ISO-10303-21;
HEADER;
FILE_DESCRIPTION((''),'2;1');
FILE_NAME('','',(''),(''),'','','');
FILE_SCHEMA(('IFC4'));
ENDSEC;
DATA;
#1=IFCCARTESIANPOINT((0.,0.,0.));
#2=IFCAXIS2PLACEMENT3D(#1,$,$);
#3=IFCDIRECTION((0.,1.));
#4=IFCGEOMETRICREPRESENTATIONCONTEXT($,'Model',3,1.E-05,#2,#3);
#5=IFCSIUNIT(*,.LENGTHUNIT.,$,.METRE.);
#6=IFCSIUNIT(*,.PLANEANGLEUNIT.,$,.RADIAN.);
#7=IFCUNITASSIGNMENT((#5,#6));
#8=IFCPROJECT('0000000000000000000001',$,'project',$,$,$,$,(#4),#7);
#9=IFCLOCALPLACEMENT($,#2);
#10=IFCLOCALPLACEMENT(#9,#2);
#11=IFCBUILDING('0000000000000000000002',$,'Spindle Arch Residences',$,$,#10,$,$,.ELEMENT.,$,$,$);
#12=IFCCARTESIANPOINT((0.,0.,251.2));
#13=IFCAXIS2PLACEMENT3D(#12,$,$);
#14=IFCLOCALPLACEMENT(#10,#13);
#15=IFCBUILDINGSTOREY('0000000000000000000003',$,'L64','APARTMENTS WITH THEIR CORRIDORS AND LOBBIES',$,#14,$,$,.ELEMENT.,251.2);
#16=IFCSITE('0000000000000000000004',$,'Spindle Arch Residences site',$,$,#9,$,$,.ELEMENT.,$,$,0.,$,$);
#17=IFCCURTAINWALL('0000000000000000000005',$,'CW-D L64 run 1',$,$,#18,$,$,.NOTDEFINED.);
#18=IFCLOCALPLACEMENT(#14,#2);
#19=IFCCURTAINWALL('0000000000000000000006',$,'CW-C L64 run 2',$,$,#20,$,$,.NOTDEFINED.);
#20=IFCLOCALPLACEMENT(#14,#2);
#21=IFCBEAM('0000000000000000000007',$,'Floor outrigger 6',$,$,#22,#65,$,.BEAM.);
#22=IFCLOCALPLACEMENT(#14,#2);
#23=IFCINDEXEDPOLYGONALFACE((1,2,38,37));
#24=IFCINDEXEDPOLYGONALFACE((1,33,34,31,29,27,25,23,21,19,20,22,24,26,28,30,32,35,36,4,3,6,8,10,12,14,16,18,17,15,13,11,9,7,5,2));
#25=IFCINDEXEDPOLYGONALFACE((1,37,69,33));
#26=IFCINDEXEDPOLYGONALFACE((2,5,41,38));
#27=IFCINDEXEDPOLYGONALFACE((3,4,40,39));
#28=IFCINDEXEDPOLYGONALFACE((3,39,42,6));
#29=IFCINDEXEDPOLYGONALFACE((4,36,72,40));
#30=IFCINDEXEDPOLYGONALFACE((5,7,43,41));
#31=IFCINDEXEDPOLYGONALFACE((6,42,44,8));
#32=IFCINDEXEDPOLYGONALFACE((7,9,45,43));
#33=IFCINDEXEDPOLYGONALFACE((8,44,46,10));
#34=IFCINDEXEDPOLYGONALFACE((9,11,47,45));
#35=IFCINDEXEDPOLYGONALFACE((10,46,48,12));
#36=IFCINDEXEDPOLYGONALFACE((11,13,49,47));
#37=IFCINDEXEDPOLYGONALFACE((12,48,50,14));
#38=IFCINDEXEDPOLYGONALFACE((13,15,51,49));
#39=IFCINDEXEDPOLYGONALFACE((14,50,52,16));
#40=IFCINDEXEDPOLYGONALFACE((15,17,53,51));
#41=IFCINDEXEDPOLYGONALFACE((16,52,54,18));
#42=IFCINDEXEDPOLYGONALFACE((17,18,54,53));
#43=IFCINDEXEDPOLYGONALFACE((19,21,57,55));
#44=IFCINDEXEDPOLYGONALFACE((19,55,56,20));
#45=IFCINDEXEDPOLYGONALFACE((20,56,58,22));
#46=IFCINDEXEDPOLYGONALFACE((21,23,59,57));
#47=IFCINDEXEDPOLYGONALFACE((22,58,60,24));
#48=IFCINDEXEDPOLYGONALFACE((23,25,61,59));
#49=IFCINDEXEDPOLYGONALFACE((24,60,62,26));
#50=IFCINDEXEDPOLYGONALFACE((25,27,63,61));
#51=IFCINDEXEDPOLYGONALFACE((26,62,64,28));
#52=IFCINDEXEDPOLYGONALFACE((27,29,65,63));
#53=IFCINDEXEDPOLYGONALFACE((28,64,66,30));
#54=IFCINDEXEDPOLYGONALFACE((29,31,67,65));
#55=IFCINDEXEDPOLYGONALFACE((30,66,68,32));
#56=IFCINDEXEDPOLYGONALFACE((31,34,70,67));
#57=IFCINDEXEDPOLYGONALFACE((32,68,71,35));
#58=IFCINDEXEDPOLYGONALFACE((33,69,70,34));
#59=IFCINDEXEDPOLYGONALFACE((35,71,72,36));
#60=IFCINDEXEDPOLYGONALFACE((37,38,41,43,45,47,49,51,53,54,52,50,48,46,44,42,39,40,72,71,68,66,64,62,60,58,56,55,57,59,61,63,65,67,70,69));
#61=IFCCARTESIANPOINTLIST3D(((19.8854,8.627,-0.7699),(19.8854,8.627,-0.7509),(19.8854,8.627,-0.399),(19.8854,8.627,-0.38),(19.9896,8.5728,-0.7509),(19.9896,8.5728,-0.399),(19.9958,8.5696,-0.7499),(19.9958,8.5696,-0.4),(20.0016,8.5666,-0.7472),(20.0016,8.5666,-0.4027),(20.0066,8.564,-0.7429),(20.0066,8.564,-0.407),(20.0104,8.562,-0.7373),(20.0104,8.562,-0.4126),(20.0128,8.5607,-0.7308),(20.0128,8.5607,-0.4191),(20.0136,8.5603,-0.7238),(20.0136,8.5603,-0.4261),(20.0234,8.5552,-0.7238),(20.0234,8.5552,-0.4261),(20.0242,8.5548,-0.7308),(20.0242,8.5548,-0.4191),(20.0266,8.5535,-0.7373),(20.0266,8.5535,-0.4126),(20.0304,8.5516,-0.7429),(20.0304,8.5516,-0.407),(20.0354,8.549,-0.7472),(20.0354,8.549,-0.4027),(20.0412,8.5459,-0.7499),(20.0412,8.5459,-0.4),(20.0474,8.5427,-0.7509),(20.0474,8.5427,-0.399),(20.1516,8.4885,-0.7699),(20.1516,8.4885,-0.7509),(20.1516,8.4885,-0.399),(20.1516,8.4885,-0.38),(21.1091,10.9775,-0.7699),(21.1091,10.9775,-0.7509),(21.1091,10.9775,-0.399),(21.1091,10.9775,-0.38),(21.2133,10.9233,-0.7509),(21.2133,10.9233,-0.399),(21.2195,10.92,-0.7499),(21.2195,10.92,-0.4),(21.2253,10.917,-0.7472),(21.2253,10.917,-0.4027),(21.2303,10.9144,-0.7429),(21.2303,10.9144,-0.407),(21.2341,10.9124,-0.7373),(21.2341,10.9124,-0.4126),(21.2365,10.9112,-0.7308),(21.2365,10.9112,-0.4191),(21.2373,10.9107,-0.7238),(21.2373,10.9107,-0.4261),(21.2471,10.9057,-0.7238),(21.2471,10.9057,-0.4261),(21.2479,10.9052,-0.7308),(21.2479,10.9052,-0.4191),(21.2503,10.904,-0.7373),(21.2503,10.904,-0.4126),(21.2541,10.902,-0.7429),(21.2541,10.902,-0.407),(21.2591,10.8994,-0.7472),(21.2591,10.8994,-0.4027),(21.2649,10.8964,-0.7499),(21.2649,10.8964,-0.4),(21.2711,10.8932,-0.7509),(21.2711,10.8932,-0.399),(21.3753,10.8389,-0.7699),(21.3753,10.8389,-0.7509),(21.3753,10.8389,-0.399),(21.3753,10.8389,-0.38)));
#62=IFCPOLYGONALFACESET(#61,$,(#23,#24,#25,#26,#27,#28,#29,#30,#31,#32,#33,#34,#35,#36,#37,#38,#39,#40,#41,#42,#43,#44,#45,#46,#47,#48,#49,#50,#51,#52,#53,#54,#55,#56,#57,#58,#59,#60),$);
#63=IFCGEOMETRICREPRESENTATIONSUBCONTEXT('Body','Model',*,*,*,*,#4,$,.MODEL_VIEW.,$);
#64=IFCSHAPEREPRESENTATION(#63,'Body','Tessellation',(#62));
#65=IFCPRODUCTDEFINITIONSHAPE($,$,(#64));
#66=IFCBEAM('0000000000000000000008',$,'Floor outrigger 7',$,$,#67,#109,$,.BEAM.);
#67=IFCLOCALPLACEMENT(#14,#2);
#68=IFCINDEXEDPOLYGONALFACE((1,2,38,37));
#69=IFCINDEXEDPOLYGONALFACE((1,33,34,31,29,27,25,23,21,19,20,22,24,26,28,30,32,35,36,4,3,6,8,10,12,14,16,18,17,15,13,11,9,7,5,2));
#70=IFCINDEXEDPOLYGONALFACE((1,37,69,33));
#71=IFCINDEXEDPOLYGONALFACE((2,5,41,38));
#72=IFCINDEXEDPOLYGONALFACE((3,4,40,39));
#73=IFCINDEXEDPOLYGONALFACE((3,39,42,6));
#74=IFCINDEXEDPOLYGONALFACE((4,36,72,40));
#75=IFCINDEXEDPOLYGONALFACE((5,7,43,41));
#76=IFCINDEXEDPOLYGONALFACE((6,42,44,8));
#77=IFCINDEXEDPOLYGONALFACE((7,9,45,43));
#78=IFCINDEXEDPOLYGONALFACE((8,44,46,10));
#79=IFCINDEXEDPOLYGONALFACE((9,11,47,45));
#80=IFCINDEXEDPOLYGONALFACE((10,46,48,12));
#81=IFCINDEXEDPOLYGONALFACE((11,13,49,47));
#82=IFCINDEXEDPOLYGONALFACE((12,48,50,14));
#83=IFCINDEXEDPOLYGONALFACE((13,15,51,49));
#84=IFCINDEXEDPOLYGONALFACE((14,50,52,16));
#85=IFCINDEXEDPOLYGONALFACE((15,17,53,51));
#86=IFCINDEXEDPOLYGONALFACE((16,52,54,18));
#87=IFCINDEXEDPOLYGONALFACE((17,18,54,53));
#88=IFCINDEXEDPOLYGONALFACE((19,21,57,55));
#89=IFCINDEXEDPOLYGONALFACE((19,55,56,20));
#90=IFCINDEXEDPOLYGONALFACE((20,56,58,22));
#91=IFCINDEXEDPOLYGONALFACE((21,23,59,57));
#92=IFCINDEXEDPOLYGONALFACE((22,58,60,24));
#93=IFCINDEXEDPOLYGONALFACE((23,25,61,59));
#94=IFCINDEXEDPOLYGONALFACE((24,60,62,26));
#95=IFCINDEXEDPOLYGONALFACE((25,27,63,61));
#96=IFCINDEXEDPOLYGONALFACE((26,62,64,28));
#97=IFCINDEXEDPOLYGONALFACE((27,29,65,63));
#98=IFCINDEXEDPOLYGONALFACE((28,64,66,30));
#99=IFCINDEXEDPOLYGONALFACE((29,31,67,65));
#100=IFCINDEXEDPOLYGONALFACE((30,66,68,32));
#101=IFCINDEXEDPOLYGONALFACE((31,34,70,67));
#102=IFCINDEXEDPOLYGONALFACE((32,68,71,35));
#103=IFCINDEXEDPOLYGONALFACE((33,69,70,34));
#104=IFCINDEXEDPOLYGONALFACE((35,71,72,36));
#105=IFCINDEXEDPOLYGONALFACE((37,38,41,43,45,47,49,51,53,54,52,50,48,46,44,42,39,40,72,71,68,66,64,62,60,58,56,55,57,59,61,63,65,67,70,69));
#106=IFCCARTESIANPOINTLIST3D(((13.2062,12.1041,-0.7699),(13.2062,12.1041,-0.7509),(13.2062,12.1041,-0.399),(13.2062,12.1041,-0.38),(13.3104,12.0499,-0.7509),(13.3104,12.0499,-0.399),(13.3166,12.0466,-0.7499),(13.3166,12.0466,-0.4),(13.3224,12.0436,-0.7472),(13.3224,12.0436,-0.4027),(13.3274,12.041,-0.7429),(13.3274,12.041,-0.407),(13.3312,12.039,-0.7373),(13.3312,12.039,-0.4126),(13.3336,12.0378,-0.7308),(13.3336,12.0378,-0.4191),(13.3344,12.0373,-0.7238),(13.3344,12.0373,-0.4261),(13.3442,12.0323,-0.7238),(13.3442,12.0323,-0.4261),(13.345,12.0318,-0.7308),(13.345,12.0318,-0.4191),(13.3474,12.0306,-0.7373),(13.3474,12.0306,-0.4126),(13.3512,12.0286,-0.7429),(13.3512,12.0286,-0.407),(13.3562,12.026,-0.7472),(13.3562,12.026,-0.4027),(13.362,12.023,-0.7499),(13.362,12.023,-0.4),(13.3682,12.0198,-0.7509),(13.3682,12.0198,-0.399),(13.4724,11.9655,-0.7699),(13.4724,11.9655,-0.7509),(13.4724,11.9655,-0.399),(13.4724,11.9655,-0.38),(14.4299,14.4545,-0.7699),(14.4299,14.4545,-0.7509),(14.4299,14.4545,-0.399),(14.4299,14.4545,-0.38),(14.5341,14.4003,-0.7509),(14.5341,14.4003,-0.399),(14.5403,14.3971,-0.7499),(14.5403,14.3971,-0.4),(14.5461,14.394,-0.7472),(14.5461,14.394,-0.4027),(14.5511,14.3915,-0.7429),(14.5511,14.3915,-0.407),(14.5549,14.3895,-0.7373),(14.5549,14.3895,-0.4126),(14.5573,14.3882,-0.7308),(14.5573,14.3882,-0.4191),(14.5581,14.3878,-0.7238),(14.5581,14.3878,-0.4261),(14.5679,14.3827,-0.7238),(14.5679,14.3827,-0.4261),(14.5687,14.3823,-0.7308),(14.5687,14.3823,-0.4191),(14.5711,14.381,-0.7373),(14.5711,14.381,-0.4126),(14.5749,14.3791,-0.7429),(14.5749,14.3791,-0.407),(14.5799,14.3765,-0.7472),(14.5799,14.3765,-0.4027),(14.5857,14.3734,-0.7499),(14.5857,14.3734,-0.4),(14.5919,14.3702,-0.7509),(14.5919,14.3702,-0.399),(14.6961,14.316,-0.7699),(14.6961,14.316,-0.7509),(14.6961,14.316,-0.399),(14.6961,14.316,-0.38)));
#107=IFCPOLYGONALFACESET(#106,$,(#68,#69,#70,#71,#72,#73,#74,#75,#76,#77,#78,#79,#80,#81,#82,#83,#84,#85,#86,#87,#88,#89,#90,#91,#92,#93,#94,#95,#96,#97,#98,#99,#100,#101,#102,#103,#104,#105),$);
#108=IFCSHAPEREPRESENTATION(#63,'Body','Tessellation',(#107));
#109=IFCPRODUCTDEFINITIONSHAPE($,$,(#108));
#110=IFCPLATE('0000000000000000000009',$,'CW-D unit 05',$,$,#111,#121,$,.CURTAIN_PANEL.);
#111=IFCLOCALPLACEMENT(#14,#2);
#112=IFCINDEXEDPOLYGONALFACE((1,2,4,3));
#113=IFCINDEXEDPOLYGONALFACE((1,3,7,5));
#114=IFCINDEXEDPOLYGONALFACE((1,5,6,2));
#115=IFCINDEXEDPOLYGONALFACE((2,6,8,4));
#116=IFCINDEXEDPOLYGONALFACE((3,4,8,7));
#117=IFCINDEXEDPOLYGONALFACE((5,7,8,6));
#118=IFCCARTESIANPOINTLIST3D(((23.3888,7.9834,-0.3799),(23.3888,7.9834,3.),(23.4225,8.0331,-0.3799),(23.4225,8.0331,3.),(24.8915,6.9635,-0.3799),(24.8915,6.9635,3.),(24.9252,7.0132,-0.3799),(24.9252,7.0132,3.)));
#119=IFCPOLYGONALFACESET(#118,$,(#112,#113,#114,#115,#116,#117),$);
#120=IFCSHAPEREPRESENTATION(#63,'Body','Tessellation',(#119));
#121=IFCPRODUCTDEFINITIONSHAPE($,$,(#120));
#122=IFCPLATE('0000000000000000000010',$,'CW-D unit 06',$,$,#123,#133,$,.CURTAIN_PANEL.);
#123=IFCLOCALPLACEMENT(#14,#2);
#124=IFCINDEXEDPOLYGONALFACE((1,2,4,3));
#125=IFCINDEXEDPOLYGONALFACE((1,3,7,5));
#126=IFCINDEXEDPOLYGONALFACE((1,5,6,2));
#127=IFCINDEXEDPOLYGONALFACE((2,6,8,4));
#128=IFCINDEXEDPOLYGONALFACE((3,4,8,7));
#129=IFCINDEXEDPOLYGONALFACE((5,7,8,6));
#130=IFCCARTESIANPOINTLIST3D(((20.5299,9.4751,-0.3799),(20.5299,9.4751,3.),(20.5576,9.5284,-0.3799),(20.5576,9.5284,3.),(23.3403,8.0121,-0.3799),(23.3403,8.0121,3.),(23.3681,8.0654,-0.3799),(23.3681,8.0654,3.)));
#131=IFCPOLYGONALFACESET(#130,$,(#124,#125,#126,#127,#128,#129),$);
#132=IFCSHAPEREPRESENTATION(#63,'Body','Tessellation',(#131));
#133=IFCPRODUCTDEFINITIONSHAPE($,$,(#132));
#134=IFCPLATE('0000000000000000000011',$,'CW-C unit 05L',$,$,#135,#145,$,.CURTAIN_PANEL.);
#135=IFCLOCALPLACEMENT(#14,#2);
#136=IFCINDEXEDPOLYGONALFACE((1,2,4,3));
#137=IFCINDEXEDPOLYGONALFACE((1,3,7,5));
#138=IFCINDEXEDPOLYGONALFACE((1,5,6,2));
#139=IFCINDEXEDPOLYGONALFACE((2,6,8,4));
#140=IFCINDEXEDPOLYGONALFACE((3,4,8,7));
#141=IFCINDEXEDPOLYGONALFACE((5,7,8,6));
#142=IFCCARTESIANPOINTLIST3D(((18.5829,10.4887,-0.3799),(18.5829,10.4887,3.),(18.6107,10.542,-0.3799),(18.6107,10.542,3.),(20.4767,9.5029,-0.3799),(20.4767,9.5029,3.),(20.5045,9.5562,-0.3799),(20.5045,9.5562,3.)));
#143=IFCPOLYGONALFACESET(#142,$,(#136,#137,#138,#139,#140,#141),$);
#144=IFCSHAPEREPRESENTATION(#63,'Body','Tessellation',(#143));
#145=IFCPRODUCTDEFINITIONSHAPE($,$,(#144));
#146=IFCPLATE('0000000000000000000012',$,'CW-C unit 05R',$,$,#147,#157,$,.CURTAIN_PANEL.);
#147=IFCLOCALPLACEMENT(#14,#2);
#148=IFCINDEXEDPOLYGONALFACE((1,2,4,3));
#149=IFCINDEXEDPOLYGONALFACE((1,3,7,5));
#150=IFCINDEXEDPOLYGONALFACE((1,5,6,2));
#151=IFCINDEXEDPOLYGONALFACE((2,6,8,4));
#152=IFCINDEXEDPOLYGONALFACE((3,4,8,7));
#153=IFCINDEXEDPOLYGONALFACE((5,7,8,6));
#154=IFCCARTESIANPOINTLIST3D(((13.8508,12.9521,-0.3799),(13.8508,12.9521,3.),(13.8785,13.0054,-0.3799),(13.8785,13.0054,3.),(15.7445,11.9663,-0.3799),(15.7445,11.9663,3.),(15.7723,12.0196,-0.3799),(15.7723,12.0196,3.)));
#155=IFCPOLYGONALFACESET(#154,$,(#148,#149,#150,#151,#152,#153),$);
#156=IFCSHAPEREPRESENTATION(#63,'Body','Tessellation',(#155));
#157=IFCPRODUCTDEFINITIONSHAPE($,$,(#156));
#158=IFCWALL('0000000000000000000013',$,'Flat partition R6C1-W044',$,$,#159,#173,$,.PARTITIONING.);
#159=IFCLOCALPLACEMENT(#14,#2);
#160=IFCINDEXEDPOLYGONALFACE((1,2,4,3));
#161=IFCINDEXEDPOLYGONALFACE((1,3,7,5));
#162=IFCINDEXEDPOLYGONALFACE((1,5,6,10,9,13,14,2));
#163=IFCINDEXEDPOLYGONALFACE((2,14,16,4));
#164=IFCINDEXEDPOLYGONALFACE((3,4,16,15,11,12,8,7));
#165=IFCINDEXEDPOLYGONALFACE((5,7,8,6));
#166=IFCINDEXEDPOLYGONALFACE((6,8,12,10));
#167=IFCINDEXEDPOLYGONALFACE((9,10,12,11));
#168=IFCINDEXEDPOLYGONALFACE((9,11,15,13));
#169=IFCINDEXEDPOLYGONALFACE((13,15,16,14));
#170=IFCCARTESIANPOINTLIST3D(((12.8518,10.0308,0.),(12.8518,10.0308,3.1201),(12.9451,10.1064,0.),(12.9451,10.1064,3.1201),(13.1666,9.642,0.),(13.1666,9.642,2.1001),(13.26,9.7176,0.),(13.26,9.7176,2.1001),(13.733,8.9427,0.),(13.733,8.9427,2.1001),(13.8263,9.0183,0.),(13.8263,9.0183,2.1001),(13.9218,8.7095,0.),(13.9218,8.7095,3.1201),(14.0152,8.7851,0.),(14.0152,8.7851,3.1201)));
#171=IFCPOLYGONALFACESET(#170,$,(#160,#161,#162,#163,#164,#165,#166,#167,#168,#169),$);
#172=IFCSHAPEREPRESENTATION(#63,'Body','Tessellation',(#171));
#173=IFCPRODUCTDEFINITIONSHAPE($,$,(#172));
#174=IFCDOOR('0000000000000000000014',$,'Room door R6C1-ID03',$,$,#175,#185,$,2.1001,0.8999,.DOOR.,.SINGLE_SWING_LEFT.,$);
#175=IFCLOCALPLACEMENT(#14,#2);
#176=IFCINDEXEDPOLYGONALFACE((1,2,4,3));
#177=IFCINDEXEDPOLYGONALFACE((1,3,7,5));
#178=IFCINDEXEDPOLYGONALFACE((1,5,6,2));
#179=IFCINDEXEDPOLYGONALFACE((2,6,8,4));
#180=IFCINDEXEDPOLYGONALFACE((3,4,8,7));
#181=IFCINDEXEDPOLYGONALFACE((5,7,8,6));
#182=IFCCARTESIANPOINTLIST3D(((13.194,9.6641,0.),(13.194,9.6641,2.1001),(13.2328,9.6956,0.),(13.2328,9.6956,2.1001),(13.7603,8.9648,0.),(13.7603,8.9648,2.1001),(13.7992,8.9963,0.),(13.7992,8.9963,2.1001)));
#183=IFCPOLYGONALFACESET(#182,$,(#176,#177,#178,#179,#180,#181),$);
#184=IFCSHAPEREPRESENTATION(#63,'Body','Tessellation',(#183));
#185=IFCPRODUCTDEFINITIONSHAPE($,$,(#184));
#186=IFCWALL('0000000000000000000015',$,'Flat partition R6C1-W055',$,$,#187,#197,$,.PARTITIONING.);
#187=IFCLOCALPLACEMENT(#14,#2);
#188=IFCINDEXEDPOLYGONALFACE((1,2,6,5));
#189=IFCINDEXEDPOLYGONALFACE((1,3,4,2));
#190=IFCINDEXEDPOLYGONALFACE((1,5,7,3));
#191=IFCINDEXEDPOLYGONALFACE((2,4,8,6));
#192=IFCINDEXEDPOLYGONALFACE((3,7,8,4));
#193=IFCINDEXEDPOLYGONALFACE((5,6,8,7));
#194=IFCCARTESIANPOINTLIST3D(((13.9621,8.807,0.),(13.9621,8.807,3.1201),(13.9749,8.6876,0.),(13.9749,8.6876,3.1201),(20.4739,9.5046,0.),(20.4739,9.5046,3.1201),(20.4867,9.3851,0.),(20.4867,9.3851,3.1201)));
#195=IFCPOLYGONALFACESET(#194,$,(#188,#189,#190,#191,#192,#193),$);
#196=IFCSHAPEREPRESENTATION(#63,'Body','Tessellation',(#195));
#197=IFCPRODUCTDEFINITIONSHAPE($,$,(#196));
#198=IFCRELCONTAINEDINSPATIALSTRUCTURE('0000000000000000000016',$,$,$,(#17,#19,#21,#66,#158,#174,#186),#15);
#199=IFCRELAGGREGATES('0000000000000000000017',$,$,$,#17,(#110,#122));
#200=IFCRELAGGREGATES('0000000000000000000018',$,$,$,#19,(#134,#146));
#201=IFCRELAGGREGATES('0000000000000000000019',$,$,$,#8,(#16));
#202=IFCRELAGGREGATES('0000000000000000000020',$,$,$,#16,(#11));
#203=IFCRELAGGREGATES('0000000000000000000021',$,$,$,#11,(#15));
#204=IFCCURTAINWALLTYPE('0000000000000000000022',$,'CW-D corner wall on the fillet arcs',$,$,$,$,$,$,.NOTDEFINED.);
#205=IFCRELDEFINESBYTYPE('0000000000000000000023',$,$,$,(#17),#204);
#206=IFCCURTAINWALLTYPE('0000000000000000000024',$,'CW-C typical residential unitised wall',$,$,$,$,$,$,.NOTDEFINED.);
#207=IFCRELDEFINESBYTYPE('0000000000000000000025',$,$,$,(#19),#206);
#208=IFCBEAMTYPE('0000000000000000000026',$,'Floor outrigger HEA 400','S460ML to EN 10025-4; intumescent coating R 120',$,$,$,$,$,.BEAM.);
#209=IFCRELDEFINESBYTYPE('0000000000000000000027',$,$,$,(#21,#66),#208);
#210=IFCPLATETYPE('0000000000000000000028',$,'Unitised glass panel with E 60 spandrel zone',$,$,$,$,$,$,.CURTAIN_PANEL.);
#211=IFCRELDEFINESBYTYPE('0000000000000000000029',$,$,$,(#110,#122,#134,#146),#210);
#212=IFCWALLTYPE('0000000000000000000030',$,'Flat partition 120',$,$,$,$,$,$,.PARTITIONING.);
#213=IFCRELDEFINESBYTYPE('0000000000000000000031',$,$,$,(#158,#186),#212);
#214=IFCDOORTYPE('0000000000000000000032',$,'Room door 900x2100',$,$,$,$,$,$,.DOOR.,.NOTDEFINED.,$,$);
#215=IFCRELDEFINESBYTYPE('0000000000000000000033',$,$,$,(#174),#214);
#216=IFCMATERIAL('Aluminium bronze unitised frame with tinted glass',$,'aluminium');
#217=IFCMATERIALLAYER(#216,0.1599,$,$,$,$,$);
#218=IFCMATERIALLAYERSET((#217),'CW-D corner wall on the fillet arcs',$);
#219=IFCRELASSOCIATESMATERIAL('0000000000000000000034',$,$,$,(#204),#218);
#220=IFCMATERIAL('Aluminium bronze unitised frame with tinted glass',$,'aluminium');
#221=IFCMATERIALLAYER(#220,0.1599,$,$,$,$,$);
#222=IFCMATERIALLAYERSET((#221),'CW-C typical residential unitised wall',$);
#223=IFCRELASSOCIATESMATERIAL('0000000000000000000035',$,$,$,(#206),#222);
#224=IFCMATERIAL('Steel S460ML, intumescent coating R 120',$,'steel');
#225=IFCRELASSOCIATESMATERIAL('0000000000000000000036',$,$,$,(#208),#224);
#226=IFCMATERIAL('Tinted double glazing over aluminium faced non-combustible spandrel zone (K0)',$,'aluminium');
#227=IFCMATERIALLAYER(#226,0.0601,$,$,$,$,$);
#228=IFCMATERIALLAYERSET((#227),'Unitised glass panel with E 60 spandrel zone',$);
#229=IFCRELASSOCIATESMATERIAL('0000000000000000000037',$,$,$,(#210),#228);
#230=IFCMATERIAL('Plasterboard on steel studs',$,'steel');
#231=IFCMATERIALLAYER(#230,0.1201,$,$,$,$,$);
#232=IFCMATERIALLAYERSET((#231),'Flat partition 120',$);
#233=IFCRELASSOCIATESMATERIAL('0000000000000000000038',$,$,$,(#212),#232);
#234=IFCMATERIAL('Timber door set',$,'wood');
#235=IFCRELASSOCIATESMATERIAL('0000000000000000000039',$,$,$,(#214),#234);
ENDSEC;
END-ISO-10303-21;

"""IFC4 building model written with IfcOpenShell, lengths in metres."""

from ifc_helpers import new_model, si_unit, direction, frame, frame_2d, origin, origin_2d, place, context, subcontext, project, spatial, rectangle, i_section, extrude, material, layer, layer_set, material_profile, profile_set, type_object, element, fill, aggregate, save


model = new_model("IFC4")

# Units and contexts
model_context = context("Model", 3, precision=1e-05, world=origin(), true_north=direction((0.0, 1.0)))
body_context = subcontext(model_context, "Body", "Model", "MODEL_VIEW")
ifc_project = project(units=[si_unit("LENGTHUNIT", "METRE"), si_unit("PLANEANGLEUNIT", "RADIAN")], contexts=[model_context])

# Site, building, storey
site_placement = place(None, origin())
site = spatial("IfcSite", under=ifc_project, at=site_placement, Name="Spindle Arch Residences site", CompositionType="ELEMENT", RefElevation=0.0)
building_placement = place(site_placement, origin())
building = spatial("IfcBuilding", under=site, at=building_placement, Name="Spindle Arch Residences", CompositionType="ELEMENT")
storey_placement = place(building_placement, frame((0.0, 0.0, 251.2)))
storey = spatial("IfcBuildingStorey", under=building, at=storey_placement, Name="L64", Description="APARTMENTS WITH THEIR CORRIDORS AND LOBBIES", CompositionType="ELEMENT", Elevation=251.2)

# Curtain walls
ifc_material_1 = material(Name="Aluminium bronze unitised frame with tinted glass", Category="aluminium")
ifc_layer_1 = layer(ifc_material_1, 0.1599)
ifc_layer_set_1 = layer_set([ifc_layer_1], Name="CW-D corner wall on the fillet arcs")
curtain_wall_type_1 = type_object("IfcCurtainWallType", Name="CW-D corner wall on the fillet arcs", PredefinedType="NOTDEFINED", material=ifc_layer_set_1)
curtain_wall_1_placement = place(storey_placement, origin())
curtain_wall_1 = element("IfcCurtainWall", 1, at=curtain_wall_1_placement, inside=storey, type_object=curtain_wall_type_1, Name="CW-D L64 run 1", PredefinedType="NOTDEFINED")
ifc_material_2 = material(Name="Aluminium bronze unitised frame with tinted glass", Category="aluminium")
ifc_layer_2 = layer(ifc_material_2, 0.1599)
ifc_layer_set_2 = layer_set([ifc_layer_2], Name="CW-C typical residential unitised wall")
curtain_wall_type_2 = type_object("IfcCurtainWallType", Name="CW-C typical residential unitised wall", PredefinedType="NOTDEFINED", material=ifc_layer_set_2)
curtain_wall_2_placement = place(storey_placement, origin())
curtain_wall_2 = element("IfcCurtainWall", 2, at=curtain_wall_2_placement, inside=storey, type_object=curtain_wall_type_2, Name="CW-C L64 run 2", PredefinedType="NOTDEFINED")

# Beams
ifc_material_3 = material(Name="Steel S460ML, intumescent coating R 120", Category="steel")
ifc_material_profile_1 = material_profile(ifc_material_3, i_section(OverallWidth=0.3, OverallDepth=0.3899, WebThickness=0.011, FlangeThickness=0.019, FilletRadius=0.0271, at=origin_2d()), Name="HEA 400")
ifc_profile_set_1 = profile_set([ifc_material_profile_1], Name="Steel S460ML, intumescent coating R 120")
beam_type_1 = type_object("IfcBeamType", Name="Floor outrigger HEA 400", Description="S460ML to EN 10025-4; intumescent coating R 120", PredefinedType="BEAM", material=ifc_profile_set_1)
for number, where, z_axis, x_axis, name in (
    (3, (21.2422, 10.9082, -0.575), (-0.461785, -0.886992, 0.0), (0.886992, -0.461785, 0.0), "Floor outrigger 6"),
    (4, (14.563, 14.3853, -0.575), (-0.461785, -0.886992, 0.0), (0.886992, -0.461785, 0.0), "Floor outrigger 7"),
):
    element("IfcBeam", number, at=place(storey_placement, frame(where, z_axis=z_axis, x_axis=x_axis)), inside=storey, type_object=beam_type_1, Name=name, PredefinedType="BEAM", context=body_context, shape_type="SweptSolid", body=[
        extrude(i_section(OverallWidth=0.3, OverallDepth=0.3899, WebThickness=0.011, FlangeThickness=0.019, FilletRadius=0.0271, at=origin_2d()), origin(), (0.0, 0.0, 1.0), 2.6499),
    ])

# Plates
ifc_material_4 = material(Name="Tinted double glazing over aluminium faced non-combustible spandrel zone (K0)", Category="aluminium")
ifc_layer_3 = layer(ifc_material_4, 0.0601)
ifc_layer_set_3 = layer_set([ifc_layer_3], Name="Unitised glass panel with E 60 spandrel zone")
plate_type = type_object("IfcPlateType", Name="Unitised glass panel with E 60 spandrel zone", PredefinedType="CURTAIN_PANEL", material=ifc_layer_set_3)
plate_1_placement = place(storey_placement, frame((24.157, 7.4983, -0.3799), z_axis=(0.0, 0.0, 1.0), x_axis=(-0.827407, 0.561602, 0.0)))
plate_1 = element("IfcPlate", 5, at=plate_1_placement, type_object=plate_type, Name="CW-D unit 05", PredefinedType="CURTAIN_PANEL", context=body_context, shape_type="SweptSolid", body=[
    extrude(rectangle(XDim=1.8162, YDim=0.0601, at=origin_2d()), origin(), (0.0, 0.0, 1.0), 3.3799),
])
plate_2_placement = place(storey_placement, frame((21.949, 8.7703, -0.3799), z_axis=(0.0, 0.0, 1.0), x_axis=(-0.887011, 0.461749, 0.0)))
plate_2 = element("IfcPlate", 6, at=plate_2_placement, type_object=plate_type, Name="CW-D unit 06", PredefinedType="CURTAIN_PANEL", context=body_context, shape_type="SweptSolid", body=[
    extrude(rectangle(XDim=3.1685, YDim=0.0601, at=origin_2d()), origin(), (0.0, 0.0, 1.0), 3.3799),
])
aggregate(curtain_wall_1, [plate_1, plate_2])
plate_3_placement = place(storey_placement, frame((19.5437, 10.0225, -0.3799), z_axis=(0.0, 0.0, 1.0), x_axis=(-0.887011, 0.461749, 0.0)))
plate_3 = element("IfcPlate", 7, at=plate_3_placement, type_object=plate_type, Name="CW-C unit 05L", PredefinedType="CURTAIN_PANEL", context=body_context, shape_type="SweptSolid", body=[
    extrude(rectangle(XDim=2.135, YDim=0.0601, at=origin_2d()), origin(), (0.0, 0.0, 1.0), 3.3799),
])
plate_4_placement = place(storey_placement, frame((14.8115, 12.4858, -0.3799), z_axis=(0.0, 0.0, 1.0), x_axis=(-0.887011, 0.461749, 0.0)))
plate_4 = element("IfcPlate", 8, at=plate_4_placement, type_object=plate_type, Name="CW-C unit 05R", PredefinedType="CURTAIN_PANEL", context=body_context, shape_type="SweptSolid", body=[
    extrude(rectangle(XDim=2.135, YDim=0.0601, at=origin_2d()), origin(), (0.0, 0.0, 1.0), 3.3799),
])
aggregate(curtain_wall_2, [plate_3, plate_4])

# Wall, opening, door
ifc_material_5 = material(Name="Plasterboard on steel studs", Category="steel")
ifc_layer_4 = layer(ifc_material_5, 0.1201)
ifc_layer_set_4 = layer_set([ifc_layer_4], Name="Flat partition 120")
wall_type_1 = type_object("IfcWallType", Name="Flat partition 120", PredefinedType="PARTITIONING", material=ifc_layer_set_4)
wall_1_placement = place(storey_placement, frame((13.9685, 8.7473, 0.0), z_axis=(0.0, 0.0, 1.0), x_axis=(-0.629359, 0.777114, 0.0)))
wall_1 = element("IfcWall", 9, at=wall_1_placement, inside=storey, type_object=wall_type_1, Name="Flat partition R6C1-W044", PredefinedType="PARTITIONING", context=body_context, shape_type="SweptSolid", body=[
    extrude(rectangle(XDim=1.7002, YDim=0.1201, at=frame_2d((0.8501, 0.0))), origin(), (0.0, 0.0, 1.0), 3.1201),
])
opening_1_placement = place(wall_1_placement, frame((0.3, 0.0, 0.0)))
opening_1 = element("IfcOpeningElement", 10, at=opening_1_placement, cuts=wall_1, PredefinedType="OPENING", context=body_context, shape_type="SweptSolid", body=[
    extrude(rectangle(XDim=0.8999, YDim=2.1001, at=frame_2d((0.45, 1.05))), frame((0.0, 0.0701, 0.0), z_axis=(0.0, -1.0, 0.0), x_axis=(1.0, 0.0, 0.0)), (0.0, 0.0, 1.0), 0.1401),
])
ifc_material_6 = material(Name="Timber door set", Category="wood")
door_type_1 = type_object("IfcDoorType", Name="Room door 900x2100", OperationType="NOTDEFINED", PredefinedType="DOOR", material=ifc_material_6)
door_1_placement = place(opening_1_placement, origin())
door_1 = element("IfcDoor", 11, at=door_1_placement, inside=storey, type_object=door_type_1, Name="Room door R6C1-ID03", OperationType="SINGLE_SWING_LEFT", OverallHeight=2.1001, OverallWidth=0.8999, PredefinedType="DOOR", context=body_context, shape_type="SweptSolid", body=[
    extrude(rectangle(XDim=0.8999, YDim=2.1001, at=frame_2d((0.45, 1.05))), frame((0.0, 0.0249, 0.0), z_axis=(0.0, -1.0, 0.0), x_axis=(1.0, 0.0, 0.0)), (0.0, 0.0, 1.0), 0.05),
])
fill(opening_1, door_1)

# Wall
wall_2_placement = place(storey_placement, frame((20.4802, 9.4448, 0.0), z_axis=(0.0, 0.0, 1.0), x_axis=(-0.994312, -0.106507, 0.0)))
element("IfcWall", 12, at=wall_2_placement, inside=storey, type_object=wall_type_1, Name="Flat partition R6C1-W055", PredefinedType="PARTITIONING", context=body_context, shape_type="SweptSolid", body=[
    extrude(rectangle(XDim=6.5491, YDim=0.1201, at=frame_2d((3.2744, 0.0))), origin(), (0.0, 0.0, 1.0), 3.1201),
])

save(model, "model.ifc")
